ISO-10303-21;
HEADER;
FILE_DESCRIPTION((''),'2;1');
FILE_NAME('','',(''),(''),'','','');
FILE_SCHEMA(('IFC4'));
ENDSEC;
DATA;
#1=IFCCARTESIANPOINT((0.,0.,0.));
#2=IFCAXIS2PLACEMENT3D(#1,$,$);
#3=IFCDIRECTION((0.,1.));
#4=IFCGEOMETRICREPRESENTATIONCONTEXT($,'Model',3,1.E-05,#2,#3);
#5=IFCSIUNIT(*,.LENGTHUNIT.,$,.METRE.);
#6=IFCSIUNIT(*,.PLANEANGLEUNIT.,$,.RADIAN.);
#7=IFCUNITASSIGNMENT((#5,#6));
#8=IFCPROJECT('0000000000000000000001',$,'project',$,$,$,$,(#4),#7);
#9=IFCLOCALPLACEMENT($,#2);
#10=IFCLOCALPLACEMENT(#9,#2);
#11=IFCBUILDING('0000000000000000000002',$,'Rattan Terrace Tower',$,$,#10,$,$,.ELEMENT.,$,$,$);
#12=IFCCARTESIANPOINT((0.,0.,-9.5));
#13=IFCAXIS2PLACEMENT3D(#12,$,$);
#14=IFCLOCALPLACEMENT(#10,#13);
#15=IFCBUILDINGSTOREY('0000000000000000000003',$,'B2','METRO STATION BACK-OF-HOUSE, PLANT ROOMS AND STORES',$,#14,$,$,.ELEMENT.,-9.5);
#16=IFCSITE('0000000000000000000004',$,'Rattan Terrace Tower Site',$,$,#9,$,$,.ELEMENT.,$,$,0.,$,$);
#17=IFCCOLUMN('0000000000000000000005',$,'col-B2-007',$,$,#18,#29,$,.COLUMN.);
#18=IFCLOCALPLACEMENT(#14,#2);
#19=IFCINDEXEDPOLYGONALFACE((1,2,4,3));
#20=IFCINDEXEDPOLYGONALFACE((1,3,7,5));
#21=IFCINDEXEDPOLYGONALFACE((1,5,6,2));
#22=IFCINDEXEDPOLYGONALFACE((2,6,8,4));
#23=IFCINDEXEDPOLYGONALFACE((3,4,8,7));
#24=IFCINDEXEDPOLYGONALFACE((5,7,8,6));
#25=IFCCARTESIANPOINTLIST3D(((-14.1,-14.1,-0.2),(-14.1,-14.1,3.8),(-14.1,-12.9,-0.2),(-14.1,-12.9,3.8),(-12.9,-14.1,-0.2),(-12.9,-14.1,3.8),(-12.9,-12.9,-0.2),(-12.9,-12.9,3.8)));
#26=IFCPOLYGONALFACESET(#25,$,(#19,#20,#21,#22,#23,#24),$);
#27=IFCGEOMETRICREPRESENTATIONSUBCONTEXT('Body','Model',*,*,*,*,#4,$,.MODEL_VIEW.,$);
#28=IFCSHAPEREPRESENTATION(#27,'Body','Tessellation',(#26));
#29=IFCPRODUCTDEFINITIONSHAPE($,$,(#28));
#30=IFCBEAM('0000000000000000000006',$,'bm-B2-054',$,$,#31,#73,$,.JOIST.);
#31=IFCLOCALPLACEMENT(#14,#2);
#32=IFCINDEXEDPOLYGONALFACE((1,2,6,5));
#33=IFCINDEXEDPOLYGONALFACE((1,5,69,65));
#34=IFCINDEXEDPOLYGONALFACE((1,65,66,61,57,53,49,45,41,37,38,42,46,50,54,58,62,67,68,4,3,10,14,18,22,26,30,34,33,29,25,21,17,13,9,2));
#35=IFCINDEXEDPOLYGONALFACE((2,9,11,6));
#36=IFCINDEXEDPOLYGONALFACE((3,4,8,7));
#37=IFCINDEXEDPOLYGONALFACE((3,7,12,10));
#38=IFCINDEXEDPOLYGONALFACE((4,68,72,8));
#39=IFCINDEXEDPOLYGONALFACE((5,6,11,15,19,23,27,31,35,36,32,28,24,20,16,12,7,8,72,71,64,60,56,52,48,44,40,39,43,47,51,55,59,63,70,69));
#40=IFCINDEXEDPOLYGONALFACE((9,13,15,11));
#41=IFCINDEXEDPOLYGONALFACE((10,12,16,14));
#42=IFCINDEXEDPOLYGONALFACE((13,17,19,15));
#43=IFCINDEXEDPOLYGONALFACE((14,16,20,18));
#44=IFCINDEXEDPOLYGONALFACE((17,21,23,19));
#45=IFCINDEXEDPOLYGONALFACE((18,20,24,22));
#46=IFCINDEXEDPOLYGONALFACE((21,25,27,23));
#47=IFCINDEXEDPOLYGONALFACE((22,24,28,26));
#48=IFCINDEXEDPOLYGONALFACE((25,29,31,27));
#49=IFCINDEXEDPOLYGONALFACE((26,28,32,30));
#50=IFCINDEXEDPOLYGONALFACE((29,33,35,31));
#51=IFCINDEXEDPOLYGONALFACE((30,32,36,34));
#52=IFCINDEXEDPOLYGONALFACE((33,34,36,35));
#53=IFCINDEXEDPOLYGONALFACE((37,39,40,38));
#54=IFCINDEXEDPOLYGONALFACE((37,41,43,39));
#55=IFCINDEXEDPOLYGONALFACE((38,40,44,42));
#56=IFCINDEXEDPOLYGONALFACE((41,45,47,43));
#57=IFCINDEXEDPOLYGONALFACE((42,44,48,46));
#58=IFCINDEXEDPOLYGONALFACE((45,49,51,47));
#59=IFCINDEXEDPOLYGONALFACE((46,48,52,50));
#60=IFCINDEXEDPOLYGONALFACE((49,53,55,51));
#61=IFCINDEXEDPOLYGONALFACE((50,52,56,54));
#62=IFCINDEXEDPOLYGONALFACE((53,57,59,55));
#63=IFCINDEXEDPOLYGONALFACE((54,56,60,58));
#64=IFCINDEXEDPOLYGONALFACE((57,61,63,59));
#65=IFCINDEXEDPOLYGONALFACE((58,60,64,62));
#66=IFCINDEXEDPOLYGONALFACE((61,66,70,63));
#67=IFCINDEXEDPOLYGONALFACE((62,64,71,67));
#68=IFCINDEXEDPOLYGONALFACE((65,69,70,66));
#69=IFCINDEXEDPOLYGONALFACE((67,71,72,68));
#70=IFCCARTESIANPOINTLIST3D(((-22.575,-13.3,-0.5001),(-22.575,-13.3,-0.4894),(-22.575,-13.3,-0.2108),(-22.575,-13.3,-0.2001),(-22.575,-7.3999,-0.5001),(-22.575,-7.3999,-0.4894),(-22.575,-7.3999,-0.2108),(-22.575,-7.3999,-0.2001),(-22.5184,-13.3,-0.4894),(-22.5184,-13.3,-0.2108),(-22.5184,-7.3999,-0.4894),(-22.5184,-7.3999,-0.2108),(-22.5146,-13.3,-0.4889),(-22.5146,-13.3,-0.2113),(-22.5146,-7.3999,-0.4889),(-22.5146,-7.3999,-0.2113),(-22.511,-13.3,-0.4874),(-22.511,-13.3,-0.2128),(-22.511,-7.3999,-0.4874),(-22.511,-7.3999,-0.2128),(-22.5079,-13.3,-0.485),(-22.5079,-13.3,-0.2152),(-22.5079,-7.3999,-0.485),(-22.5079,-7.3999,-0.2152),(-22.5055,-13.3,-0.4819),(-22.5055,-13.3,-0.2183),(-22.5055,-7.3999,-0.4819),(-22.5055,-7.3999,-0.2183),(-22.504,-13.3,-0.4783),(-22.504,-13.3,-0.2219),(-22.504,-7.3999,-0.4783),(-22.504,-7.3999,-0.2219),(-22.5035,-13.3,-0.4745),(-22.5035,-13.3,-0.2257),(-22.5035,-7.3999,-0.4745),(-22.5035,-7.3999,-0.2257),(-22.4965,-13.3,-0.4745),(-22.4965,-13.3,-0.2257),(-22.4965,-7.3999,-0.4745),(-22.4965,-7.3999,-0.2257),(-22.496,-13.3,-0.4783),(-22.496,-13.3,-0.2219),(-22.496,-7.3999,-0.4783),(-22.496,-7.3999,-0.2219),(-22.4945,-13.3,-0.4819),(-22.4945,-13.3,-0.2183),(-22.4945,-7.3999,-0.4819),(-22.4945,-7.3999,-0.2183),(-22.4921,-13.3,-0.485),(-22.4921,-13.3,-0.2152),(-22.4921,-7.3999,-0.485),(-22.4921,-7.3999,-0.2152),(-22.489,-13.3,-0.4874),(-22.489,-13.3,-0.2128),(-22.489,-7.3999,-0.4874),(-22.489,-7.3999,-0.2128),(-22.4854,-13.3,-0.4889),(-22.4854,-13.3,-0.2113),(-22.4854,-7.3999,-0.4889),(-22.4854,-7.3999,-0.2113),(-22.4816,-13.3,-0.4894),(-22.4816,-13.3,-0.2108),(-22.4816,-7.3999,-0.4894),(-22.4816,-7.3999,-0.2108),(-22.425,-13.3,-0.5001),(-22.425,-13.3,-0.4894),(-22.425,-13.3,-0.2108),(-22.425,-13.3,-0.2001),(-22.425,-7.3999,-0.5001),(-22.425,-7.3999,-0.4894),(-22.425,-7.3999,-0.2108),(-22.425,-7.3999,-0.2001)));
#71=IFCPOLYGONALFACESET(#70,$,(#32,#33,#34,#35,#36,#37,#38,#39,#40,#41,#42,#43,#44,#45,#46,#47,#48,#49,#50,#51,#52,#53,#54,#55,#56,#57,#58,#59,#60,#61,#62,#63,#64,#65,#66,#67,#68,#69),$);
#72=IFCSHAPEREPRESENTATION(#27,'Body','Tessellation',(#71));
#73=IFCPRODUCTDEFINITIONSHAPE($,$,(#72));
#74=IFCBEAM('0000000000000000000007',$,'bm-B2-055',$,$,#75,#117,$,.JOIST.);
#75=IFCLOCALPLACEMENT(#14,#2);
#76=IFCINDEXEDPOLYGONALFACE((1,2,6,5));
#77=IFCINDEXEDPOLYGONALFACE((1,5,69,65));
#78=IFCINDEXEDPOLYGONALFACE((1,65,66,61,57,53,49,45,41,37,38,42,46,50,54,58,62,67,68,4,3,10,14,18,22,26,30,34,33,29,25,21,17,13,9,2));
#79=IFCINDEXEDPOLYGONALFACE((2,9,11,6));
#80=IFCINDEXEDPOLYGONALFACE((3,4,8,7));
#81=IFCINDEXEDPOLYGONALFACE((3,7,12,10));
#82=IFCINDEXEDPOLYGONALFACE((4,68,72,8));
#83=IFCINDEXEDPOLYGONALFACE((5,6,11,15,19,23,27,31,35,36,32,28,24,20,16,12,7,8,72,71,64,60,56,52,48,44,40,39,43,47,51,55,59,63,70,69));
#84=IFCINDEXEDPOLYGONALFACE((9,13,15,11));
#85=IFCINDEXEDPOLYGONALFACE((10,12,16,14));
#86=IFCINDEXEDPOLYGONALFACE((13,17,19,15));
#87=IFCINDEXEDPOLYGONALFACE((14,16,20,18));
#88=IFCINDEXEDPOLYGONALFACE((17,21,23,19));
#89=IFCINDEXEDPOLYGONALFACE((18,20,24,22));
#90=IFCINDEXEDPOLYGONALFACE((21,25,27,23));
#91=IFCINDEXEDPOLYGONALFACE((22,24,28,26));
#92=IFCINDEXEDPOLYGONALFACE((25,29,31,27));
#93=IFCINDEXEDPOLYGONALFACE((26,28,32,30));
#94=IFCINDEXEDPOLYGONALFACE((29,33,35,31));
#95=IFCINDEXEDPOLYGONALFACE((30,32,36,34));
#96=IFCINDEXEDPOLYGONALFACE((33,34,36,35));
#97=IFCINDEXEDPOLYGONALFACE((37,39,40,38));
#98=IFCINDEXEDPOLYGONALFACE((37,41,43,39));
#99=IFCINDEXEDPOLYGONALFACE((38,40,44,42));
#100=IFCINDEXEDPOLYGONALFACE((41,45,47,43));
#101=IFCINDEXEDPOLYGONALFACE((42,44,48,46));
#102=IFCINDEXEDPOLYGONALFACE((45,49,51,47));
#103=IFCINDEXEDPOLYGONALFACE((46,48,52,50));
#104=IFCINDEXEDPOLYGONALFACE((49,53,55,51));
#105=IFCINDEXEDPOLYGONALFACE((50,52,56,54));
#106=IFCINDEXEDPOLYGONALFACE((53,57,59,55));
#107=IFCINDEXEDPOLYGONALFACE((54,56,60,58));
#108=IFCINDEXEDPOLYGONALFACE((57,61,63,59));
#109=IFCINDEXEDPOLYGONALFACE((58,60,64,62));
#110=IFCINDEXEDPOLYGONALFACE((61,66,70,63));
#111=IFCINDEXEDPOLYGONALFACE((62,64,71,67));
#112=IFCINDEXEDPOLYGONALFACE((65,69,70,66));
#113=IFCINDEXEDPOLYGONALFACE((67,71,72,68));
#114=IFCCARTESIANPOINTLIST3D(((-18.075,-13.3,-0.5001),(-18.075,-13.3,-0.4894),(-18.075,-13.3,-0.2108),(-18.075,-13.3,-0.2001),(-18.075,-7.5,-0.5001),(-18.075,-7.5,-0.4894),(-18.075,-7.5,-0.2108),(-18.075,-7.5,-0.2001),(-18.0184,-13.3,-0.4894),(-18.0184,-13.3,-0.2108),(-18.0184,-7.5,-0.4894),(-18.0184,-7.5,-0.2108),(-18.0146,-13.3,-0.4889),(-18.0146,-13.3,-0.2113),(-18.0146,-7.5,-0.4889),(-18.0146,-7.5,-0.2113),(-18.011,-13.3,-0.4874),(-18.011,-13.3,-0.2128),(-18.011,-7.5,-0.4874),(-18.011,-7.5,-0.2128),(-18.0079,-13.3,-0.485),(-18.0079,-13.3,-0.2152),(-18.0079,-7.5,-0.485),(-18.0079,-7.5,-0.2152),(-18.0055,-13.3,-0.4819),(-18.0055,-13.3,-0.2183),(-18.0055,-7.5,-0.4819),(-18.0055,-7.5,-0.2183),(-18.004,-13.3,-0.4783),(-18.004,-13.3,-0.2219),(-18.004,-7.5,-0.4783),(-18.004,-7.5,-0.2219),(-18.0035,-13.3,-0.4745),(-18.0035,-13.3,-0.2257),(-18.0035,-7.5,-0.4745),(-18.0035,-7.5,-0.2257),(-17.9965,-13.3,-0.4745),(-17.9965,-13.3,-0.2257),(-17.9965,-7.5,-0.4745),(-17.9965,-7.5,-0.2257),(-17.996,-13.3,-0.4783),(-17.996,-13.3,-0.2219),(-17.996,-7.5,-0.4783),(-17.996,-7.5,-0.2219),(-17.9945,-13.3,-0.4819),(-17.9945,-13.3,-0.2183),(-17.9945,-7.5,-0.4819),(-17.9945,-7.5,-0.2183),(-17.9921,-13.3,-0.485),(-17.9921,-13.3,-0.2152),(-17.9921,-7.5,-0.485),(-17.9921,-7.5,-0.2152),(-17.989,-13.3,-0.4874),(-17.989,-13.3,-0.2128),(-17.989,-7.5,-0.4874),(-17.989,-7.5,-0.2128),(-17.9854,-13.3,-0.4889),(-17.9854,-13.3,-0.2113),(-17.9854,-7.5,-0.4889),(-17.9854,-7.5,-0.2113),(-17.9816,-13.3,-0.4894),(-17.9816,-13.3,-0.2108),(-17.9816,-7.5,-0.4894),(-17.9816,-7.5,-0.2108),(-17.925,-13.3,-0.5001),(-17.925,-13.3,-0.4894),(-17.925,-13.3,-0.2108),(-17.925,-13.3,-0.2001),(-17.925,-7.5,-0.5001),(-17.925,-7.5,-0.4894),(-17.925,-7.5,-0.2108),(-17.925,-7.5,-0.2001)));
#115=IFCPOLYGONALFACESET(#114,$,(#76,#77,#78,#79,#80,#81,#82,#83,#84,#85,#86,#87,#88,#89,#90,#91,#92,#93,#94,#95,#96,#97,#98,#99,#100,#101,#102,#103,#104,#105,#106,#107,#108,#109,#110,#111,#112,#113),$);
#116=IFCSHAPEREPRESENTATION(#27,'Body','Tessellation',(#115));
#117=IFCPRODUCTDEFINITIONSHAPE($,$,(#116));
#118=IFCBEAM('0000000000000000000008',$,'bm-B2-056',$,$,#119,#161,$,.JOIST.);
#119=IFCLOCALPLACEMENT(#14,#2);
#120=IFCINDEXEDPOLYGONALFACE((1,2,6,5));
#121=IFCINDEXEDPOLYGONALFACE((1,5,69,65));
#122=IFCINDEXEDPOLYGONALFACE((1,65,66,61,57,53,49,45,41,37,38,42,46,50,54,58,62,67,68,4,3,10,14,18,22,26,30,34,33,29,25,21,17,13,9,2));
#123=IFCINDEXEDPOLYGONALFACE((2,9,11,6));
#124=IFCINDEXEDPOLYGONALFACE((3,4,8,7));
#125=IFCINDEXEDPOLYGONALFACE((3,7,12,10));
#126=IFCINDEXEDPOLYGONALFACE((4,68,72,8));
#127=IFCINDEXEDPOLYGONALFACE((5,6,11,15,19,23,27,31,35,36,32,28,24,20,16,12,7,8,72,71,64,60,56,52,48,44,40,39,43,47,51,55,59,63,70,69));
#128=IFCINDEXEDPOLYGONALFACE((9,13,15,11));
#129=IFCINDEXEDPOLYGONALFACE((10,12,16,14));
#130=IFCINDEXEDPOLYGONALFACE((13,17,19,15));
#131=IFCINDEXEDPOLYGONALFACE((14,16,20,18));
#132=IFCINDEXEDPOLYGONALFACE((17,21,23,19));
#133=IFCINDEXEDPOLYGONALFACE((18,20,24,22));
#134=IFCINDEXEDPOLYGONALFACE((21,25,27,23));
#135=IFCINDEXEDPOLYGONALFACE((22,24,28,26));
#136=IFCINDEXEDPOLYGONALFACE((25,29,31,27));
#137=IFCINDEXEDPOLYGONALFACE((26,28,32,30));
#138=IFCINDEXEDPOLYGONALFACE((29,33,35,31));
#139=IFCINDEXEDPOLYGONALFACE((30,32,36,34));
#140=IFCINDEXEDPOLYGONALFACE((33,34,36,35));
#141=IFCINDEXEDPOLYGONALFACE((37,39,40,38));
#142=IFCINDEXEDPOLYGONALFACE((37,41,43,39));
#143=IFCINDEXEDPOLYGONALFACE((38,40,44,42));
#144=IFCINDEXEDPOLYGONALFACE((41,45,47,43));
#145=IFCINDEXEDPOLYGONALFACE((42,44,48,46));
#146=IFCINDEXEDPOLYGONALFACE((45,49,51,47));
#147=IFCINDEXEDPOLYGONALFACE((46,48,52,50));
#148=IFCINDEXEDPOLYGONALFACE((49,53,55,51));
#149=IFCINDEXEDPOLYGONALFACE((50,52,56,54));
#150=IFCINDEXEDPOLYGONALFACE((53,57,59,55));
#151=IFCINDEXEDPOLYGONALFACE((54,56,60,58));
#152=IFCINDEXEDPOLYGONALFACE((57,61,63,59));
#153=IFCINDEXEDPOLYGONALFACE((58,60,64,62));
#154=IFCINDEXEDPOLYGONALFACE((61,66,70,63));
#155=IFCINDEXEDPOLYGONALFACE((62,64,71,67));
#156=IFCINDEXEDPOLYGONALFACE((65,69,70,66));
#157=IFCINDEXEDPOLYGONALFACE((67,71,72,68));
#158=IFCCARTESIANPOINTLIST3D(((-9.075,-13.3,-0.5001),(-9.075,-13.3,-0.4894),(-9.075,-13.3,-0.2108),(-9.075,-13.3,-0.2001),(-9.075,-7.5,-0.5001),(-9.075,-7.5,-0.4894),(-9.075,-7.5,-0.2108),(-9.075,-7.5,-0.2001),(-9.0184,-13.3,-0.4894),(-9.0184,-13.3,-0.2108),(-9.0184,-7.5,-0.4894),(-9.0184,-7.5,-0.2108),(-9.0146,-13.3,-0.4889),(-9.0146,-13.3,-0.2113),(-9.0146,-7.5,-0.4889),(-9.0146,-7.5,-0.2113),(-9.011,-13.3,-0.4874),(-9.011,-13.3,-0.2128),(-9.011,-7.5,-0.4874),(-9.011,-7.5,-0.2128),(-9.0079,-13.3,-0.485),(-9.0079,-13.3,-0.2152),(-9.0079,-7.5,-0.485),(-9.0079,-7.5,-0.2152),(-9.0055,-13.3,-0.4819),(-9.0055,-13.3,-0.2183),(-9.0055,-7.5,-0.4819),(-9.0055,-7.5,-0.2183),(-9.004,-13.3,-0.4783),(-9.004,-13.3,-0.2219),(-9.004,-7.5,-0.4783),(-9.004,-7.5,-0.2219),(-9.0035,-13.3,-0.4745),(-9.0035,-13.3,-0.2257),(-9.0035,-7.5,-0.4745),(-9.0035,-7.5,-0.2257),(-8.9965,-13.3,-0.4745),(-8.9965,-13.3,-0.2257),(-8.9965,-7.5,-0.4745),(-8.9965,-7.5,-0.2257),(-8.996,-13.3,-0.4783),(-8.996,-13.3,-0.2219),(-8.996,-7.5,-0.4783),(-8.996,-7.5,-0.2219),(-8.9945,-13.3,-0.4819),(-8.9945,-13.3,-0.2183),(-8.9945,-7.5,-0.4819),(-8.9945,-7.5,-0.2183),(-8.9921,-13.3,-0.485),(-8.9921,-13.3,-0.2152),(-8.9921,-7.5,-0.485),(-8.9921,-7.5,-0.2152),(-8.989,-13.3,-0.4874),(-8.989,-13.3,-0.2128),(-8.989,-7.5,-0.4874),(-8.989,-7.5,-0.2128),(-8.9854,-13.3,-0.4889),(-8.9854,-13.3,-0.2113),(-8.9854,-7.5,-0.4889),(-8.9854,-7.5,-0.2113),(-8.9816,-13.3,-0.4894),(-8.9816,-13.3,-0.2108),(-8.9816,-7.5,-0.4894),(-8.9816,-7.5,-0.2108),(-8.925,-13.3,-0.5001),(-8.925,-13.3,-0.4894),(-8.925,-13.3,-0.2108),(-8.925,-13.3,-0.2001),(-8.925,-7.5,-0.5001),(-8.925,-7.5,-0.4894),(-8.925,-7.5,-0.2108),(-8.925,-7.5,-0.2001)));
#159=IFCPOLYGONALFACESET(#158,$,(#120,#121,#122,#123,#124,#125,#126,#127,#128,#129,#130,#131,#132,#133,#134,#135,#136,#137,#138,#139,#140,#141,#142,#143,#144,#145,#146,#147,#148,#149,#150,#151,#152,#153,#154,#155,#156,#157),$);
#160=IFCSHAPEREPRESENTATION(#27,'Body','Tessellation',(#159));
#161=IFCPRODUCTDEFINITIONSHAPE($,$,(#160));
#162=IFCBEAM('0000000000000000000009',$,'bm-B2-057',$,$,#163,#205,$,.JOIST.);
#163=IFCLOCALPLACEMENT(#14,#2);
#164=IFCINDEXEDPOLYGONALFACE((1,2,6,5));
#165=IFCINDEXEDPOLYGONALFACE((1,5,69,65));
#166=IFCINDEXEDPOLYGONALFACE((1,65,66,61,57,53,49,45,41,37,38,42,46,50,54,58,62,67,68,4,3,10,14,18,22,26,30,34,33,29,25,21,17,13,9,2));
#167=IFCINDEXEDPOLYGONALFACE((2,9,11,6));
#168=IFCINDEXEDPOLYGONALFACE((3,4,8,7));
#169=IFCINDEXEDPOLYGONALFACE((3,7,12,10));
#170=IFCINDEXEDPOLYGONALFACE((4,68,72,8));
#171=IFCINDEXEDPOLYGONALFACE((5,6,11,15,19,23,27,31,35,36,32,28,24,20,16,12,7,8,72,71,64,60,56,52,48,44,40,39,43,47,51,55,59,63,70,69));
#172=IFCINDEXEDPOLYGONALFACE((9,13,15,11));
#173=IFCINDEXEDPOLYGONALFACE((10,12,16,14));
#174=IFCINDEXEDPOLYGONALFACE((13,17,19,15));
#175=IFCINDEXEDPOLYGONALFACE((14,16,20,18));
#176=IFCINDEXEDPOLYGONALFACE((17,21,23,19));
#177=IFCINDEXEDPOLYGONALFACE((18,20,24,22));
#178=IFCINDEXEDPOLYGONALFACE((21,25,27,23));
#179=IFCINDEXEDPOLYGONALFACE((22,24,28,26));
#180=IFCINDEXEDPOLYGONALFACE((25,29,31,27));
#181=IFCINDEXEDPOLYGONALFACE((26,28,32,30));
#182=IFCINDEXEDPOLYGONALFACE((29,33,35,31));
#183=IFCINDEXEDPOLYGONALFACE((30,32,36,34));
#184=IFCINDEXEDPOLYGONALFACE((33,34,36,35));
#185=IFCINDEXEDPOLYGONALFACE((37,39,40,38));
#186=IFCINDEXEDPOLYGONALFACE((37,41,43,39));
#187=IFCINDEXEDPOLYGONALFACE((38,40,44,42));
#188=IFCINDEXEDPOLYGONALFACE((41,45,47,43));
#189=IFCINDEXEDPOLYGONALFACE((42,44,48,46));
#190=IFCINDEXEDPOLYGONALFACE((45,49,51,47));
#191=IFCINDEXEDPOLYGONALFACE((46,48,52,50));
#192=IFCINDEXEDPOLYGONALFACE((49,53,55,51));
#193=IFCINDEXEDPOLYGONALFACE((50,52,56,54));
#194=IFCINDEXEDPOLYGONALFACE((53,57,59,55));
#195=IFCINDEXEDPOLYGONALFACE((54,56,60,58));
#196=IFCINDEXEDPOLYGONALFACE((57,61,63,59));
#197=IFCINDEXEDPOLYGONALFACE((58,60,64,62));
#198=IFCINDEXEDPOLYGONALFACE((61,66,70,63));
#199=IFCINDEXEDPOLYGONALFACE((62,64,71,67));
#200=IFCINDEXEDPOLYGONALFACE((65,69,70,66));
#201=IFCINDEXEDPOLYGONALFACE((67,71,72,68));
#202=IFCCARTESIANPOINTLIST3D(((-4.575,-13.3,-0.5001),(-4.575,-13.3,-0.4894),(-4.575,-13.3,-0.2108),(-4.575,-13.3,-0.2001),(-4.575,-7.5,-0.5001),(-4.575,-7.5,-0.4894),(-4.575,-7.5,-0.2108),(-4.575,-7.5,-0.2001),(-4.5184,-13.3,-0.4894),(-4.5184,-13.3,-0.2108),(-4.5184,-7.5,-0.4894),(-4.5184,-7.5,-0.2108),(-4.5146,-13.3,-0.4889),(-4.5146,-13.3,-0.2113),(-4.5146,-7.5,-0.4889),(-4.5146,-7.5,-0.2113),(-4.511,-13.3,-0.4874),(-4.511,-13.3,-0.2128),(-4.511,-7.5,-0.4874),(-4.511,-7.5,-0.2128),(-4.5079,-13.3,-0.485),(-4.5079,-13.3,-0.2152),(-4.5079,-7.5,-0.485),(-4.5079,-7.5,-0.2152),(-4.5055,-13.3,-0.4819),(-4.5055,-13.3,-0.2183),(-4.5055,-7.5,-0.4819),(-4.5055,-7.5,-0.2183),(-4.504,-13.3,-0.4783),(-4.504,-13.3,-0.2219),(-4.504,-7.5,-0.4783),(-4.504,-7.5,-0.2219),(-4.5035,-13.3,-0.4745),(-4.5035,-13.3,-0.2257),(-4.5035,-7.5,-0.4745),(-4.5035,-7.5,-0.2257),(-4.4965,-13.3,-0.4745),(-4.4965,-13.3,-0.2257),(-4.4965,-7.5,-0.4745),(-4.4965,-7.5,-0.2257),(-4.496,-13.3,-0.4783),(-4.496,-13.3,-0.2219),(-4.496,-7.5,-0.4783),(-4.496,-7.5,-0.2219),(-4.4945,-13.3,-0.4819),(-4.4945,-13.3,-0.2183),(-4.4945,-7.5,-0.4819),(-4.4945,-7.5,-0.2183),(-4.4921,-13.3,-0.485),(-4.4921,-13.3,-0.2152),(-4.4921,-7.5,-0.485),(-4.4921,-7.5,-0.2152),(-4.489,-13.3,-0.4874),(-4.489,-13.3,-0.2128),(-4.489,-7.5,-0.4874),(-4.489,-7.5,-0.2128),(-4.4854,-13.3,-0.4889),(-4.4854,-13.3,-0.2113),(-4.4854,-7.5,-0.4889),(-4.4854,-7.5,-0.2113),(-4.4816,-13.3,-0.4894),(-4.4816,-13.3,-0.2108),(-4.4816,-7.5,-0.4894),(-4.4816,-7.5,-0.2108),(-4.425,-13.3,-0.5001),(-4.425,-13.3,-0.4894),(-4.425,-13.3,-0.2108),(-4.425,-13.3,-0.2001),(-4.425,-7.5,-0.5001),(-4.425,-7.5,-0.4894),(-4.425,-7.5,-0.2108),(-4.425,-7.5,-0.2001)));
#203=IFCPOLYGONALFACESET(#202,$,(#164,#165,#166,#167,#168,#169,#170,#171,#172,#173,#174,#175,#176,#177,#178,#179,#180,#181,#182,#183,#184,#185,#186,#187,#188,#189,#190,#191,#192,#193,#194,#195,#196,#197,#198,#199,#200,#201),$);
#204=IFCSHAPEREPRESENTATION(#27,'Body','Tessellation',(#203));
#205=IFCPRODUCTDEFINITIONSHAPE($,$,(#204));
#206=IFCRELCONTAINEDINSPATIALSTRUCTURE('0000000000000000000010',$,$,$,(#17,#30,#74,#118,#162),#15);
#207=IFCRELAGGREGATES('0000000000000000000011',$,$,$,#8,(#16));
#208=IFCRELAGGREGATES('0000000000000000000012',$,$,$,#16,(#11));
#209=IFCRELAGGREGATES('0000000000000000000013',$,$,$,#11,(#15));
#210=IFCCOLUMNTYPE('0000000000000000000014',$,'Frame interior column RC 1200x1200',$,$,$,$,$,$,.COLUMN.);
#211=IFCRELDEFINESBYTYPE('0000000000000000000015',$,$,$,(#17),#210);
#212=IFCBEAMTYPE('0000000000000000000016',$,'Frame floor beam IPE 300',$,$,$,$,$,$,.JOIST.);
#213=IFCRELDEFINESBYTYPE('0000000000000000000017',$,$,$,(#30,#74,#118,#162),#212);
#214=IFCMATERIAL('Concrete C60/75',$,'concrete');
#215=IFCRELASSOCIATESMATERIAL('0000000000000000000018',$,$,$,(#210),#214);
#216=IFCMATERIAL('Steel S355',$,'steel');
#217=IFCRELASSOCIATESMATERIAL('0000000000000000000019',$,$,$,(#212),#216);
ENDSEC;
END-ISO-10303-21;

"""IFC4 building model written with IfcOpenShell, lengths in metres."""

from ifc_helpers import new_model, si_unit, direction, frame, origin, origin_2d, place, context, subcontext, project, spatial, rectangle, i_section, extrude, material, material_profile, profile_set, type_object, element, save


model = new_model("IFC4")

# Units and contexts
model_context = context("Model", 3, precision=1e-05, world=origin(), true_north=direction((0.0, 1.0)))
body_context = subcontext(model_context, "Body", "Model", "MODEL_VIEW")
ifc_project = project(units=[si_unit("LENGTHUNIT", "METRE"), si_unit("PLANEANGLEUNIT", "RADIAN")], contexts=[model_context])

# Site, building, storey
site_placement = place(None, origin())
site = spatial("IfcSite", under=ifc_project, at=site_placement, Name="Rattan Terrace Tower Site", CompositionType="ELEMENT", RefElevation=0.0)
building_placement = place(site_placement, origin())
building = spatial("IfcBuilding", under=site, at=building_placement, Name="Rattan Terrace Tower", CompositionType="ELEMENT")
storey_placement = place(building_placement, frame((0.0, 0.0, -9.5)))
storey = spatial("IfcBuildingStorey", under=building, at=storey_placement, Name="B2", Description="METRO STATION BACK-OF-HOUSE, PLANT ROOMS AND STORES", CompositionType="ELEMENT", Elevation=-9.5)

# Column
ifc_material_1 = material(Name="Concrete C60/75", Category="concrete")
ifc_material_profile_1 = material_profile(ifc_material_1, rectangle(XDim=1.2, YDim=1.2, at=origin_2d()), Name="RC 1200x1200")
ifc_profile_set_1 = profile_set([ifc_material_profile_1], Name="Concrete C60/75")
column_type = type_object("IfcColumnType", Name="Frame interior column RC 1200x1200", PredefinedType="COLUMN", material=ifc_profile_set_1)
column_placement = place(storey_placement, frame((-13.5, -13.5, -0.2), z_axis=(0.0, 0.0, 1.0), x_axis=(1.0, 0.0, 0.0)))
element("IfcColumn", 1, at=column_placement, inside=storey, type_object=column_type, Name="col-B2-007", PredefinedType="COLUMN", context=body_context, shape_type="SweptSolid", body=[
    extrude(rectangle(XDim=1.2, YDim=1.2, at=origin_2d()), origin(), (0.0, 0.0, 1.0), 4.0),
])

# Beams
ifc_material_2 = material(Name="Steel S355", Category="steel")
ifc_material_profile_2 = material_profile(ifc_material_2, i_section(OverallWidth=0.1499, OverallDepth=0.3, WebThickness=0.0071, FlangeThickness=0.0107, FilletRadius=0.0149, at=origin_2d()), Name="IPE 300")
ifc_profile_set_2 = profile_set([ifc_material_profile_2], Name="Steel S355")
beam_type_1 = type_object("IfcBeamType", Name="Frame floor beam IPE 300", PredefinedType="JOIST", material=ifc_profile_set_2)
beam_1_placement = place(storey_placement, frame((-22.5, -13.3, -0.3501), z_axis=(0.0, 1.0, 0.0), x_axis=(-1.0, 0.0, 0.0)))
element("IfcBeam", 2, at=beam_1_placement, inside=storey, type_object=beam_type_1, Name="bm-B2-054", PredefinedType="JOIST", context=body_context, shape_type="SweptSolid", body=[
    extrude(i_section(OverallWidth=0.1499, OverallDepth=0.3, WebThickness=0.0071, FlangeThickness=0.0107, FilletRadius=0.0149, at=origin_2d()), origin(), (0.0, 0.0, 1.0), 5.9001),
])
for number, where, z_axis, x_axis, name in (
    (3, (-18.0, -13.3, -0.3501), (0.0, 1.0, 0.0), (-1.0, 0.0, 0.0), "bm-B2-055"),
    (4, (-9.0, -13.3, -0.3501), (0.0, 1.0, 0.0), (-1.0, 0.0, 0.0), "bm-B2-056"),
    (5, (-4.5, -13.3, -0.3501), (0.0, 1.0, 0.0), (-1.0, 0.0, 0.0), "bm-B2-057"),
):
    element("IfcBeam", number, at=place(storey_placement, frame(where, z_axis=z_axis, x_axis=x_axis)), inside=storey, type_object=beam_type_1, Name=name, PredefinedType="JOIST", context=body_context, shape_type="SweptSolid", body=[
        extrude(i_section(OverallWidth=0.1499, OverallDepth=0.3, WebThickness=0.0071, FlangeThickness=0.0107, FilletRadius=0.0149, at=origin_2d()), origin(), (0.0, 0.0, 1.0), 5.8),
    ])

save(model, "model.ifc")
